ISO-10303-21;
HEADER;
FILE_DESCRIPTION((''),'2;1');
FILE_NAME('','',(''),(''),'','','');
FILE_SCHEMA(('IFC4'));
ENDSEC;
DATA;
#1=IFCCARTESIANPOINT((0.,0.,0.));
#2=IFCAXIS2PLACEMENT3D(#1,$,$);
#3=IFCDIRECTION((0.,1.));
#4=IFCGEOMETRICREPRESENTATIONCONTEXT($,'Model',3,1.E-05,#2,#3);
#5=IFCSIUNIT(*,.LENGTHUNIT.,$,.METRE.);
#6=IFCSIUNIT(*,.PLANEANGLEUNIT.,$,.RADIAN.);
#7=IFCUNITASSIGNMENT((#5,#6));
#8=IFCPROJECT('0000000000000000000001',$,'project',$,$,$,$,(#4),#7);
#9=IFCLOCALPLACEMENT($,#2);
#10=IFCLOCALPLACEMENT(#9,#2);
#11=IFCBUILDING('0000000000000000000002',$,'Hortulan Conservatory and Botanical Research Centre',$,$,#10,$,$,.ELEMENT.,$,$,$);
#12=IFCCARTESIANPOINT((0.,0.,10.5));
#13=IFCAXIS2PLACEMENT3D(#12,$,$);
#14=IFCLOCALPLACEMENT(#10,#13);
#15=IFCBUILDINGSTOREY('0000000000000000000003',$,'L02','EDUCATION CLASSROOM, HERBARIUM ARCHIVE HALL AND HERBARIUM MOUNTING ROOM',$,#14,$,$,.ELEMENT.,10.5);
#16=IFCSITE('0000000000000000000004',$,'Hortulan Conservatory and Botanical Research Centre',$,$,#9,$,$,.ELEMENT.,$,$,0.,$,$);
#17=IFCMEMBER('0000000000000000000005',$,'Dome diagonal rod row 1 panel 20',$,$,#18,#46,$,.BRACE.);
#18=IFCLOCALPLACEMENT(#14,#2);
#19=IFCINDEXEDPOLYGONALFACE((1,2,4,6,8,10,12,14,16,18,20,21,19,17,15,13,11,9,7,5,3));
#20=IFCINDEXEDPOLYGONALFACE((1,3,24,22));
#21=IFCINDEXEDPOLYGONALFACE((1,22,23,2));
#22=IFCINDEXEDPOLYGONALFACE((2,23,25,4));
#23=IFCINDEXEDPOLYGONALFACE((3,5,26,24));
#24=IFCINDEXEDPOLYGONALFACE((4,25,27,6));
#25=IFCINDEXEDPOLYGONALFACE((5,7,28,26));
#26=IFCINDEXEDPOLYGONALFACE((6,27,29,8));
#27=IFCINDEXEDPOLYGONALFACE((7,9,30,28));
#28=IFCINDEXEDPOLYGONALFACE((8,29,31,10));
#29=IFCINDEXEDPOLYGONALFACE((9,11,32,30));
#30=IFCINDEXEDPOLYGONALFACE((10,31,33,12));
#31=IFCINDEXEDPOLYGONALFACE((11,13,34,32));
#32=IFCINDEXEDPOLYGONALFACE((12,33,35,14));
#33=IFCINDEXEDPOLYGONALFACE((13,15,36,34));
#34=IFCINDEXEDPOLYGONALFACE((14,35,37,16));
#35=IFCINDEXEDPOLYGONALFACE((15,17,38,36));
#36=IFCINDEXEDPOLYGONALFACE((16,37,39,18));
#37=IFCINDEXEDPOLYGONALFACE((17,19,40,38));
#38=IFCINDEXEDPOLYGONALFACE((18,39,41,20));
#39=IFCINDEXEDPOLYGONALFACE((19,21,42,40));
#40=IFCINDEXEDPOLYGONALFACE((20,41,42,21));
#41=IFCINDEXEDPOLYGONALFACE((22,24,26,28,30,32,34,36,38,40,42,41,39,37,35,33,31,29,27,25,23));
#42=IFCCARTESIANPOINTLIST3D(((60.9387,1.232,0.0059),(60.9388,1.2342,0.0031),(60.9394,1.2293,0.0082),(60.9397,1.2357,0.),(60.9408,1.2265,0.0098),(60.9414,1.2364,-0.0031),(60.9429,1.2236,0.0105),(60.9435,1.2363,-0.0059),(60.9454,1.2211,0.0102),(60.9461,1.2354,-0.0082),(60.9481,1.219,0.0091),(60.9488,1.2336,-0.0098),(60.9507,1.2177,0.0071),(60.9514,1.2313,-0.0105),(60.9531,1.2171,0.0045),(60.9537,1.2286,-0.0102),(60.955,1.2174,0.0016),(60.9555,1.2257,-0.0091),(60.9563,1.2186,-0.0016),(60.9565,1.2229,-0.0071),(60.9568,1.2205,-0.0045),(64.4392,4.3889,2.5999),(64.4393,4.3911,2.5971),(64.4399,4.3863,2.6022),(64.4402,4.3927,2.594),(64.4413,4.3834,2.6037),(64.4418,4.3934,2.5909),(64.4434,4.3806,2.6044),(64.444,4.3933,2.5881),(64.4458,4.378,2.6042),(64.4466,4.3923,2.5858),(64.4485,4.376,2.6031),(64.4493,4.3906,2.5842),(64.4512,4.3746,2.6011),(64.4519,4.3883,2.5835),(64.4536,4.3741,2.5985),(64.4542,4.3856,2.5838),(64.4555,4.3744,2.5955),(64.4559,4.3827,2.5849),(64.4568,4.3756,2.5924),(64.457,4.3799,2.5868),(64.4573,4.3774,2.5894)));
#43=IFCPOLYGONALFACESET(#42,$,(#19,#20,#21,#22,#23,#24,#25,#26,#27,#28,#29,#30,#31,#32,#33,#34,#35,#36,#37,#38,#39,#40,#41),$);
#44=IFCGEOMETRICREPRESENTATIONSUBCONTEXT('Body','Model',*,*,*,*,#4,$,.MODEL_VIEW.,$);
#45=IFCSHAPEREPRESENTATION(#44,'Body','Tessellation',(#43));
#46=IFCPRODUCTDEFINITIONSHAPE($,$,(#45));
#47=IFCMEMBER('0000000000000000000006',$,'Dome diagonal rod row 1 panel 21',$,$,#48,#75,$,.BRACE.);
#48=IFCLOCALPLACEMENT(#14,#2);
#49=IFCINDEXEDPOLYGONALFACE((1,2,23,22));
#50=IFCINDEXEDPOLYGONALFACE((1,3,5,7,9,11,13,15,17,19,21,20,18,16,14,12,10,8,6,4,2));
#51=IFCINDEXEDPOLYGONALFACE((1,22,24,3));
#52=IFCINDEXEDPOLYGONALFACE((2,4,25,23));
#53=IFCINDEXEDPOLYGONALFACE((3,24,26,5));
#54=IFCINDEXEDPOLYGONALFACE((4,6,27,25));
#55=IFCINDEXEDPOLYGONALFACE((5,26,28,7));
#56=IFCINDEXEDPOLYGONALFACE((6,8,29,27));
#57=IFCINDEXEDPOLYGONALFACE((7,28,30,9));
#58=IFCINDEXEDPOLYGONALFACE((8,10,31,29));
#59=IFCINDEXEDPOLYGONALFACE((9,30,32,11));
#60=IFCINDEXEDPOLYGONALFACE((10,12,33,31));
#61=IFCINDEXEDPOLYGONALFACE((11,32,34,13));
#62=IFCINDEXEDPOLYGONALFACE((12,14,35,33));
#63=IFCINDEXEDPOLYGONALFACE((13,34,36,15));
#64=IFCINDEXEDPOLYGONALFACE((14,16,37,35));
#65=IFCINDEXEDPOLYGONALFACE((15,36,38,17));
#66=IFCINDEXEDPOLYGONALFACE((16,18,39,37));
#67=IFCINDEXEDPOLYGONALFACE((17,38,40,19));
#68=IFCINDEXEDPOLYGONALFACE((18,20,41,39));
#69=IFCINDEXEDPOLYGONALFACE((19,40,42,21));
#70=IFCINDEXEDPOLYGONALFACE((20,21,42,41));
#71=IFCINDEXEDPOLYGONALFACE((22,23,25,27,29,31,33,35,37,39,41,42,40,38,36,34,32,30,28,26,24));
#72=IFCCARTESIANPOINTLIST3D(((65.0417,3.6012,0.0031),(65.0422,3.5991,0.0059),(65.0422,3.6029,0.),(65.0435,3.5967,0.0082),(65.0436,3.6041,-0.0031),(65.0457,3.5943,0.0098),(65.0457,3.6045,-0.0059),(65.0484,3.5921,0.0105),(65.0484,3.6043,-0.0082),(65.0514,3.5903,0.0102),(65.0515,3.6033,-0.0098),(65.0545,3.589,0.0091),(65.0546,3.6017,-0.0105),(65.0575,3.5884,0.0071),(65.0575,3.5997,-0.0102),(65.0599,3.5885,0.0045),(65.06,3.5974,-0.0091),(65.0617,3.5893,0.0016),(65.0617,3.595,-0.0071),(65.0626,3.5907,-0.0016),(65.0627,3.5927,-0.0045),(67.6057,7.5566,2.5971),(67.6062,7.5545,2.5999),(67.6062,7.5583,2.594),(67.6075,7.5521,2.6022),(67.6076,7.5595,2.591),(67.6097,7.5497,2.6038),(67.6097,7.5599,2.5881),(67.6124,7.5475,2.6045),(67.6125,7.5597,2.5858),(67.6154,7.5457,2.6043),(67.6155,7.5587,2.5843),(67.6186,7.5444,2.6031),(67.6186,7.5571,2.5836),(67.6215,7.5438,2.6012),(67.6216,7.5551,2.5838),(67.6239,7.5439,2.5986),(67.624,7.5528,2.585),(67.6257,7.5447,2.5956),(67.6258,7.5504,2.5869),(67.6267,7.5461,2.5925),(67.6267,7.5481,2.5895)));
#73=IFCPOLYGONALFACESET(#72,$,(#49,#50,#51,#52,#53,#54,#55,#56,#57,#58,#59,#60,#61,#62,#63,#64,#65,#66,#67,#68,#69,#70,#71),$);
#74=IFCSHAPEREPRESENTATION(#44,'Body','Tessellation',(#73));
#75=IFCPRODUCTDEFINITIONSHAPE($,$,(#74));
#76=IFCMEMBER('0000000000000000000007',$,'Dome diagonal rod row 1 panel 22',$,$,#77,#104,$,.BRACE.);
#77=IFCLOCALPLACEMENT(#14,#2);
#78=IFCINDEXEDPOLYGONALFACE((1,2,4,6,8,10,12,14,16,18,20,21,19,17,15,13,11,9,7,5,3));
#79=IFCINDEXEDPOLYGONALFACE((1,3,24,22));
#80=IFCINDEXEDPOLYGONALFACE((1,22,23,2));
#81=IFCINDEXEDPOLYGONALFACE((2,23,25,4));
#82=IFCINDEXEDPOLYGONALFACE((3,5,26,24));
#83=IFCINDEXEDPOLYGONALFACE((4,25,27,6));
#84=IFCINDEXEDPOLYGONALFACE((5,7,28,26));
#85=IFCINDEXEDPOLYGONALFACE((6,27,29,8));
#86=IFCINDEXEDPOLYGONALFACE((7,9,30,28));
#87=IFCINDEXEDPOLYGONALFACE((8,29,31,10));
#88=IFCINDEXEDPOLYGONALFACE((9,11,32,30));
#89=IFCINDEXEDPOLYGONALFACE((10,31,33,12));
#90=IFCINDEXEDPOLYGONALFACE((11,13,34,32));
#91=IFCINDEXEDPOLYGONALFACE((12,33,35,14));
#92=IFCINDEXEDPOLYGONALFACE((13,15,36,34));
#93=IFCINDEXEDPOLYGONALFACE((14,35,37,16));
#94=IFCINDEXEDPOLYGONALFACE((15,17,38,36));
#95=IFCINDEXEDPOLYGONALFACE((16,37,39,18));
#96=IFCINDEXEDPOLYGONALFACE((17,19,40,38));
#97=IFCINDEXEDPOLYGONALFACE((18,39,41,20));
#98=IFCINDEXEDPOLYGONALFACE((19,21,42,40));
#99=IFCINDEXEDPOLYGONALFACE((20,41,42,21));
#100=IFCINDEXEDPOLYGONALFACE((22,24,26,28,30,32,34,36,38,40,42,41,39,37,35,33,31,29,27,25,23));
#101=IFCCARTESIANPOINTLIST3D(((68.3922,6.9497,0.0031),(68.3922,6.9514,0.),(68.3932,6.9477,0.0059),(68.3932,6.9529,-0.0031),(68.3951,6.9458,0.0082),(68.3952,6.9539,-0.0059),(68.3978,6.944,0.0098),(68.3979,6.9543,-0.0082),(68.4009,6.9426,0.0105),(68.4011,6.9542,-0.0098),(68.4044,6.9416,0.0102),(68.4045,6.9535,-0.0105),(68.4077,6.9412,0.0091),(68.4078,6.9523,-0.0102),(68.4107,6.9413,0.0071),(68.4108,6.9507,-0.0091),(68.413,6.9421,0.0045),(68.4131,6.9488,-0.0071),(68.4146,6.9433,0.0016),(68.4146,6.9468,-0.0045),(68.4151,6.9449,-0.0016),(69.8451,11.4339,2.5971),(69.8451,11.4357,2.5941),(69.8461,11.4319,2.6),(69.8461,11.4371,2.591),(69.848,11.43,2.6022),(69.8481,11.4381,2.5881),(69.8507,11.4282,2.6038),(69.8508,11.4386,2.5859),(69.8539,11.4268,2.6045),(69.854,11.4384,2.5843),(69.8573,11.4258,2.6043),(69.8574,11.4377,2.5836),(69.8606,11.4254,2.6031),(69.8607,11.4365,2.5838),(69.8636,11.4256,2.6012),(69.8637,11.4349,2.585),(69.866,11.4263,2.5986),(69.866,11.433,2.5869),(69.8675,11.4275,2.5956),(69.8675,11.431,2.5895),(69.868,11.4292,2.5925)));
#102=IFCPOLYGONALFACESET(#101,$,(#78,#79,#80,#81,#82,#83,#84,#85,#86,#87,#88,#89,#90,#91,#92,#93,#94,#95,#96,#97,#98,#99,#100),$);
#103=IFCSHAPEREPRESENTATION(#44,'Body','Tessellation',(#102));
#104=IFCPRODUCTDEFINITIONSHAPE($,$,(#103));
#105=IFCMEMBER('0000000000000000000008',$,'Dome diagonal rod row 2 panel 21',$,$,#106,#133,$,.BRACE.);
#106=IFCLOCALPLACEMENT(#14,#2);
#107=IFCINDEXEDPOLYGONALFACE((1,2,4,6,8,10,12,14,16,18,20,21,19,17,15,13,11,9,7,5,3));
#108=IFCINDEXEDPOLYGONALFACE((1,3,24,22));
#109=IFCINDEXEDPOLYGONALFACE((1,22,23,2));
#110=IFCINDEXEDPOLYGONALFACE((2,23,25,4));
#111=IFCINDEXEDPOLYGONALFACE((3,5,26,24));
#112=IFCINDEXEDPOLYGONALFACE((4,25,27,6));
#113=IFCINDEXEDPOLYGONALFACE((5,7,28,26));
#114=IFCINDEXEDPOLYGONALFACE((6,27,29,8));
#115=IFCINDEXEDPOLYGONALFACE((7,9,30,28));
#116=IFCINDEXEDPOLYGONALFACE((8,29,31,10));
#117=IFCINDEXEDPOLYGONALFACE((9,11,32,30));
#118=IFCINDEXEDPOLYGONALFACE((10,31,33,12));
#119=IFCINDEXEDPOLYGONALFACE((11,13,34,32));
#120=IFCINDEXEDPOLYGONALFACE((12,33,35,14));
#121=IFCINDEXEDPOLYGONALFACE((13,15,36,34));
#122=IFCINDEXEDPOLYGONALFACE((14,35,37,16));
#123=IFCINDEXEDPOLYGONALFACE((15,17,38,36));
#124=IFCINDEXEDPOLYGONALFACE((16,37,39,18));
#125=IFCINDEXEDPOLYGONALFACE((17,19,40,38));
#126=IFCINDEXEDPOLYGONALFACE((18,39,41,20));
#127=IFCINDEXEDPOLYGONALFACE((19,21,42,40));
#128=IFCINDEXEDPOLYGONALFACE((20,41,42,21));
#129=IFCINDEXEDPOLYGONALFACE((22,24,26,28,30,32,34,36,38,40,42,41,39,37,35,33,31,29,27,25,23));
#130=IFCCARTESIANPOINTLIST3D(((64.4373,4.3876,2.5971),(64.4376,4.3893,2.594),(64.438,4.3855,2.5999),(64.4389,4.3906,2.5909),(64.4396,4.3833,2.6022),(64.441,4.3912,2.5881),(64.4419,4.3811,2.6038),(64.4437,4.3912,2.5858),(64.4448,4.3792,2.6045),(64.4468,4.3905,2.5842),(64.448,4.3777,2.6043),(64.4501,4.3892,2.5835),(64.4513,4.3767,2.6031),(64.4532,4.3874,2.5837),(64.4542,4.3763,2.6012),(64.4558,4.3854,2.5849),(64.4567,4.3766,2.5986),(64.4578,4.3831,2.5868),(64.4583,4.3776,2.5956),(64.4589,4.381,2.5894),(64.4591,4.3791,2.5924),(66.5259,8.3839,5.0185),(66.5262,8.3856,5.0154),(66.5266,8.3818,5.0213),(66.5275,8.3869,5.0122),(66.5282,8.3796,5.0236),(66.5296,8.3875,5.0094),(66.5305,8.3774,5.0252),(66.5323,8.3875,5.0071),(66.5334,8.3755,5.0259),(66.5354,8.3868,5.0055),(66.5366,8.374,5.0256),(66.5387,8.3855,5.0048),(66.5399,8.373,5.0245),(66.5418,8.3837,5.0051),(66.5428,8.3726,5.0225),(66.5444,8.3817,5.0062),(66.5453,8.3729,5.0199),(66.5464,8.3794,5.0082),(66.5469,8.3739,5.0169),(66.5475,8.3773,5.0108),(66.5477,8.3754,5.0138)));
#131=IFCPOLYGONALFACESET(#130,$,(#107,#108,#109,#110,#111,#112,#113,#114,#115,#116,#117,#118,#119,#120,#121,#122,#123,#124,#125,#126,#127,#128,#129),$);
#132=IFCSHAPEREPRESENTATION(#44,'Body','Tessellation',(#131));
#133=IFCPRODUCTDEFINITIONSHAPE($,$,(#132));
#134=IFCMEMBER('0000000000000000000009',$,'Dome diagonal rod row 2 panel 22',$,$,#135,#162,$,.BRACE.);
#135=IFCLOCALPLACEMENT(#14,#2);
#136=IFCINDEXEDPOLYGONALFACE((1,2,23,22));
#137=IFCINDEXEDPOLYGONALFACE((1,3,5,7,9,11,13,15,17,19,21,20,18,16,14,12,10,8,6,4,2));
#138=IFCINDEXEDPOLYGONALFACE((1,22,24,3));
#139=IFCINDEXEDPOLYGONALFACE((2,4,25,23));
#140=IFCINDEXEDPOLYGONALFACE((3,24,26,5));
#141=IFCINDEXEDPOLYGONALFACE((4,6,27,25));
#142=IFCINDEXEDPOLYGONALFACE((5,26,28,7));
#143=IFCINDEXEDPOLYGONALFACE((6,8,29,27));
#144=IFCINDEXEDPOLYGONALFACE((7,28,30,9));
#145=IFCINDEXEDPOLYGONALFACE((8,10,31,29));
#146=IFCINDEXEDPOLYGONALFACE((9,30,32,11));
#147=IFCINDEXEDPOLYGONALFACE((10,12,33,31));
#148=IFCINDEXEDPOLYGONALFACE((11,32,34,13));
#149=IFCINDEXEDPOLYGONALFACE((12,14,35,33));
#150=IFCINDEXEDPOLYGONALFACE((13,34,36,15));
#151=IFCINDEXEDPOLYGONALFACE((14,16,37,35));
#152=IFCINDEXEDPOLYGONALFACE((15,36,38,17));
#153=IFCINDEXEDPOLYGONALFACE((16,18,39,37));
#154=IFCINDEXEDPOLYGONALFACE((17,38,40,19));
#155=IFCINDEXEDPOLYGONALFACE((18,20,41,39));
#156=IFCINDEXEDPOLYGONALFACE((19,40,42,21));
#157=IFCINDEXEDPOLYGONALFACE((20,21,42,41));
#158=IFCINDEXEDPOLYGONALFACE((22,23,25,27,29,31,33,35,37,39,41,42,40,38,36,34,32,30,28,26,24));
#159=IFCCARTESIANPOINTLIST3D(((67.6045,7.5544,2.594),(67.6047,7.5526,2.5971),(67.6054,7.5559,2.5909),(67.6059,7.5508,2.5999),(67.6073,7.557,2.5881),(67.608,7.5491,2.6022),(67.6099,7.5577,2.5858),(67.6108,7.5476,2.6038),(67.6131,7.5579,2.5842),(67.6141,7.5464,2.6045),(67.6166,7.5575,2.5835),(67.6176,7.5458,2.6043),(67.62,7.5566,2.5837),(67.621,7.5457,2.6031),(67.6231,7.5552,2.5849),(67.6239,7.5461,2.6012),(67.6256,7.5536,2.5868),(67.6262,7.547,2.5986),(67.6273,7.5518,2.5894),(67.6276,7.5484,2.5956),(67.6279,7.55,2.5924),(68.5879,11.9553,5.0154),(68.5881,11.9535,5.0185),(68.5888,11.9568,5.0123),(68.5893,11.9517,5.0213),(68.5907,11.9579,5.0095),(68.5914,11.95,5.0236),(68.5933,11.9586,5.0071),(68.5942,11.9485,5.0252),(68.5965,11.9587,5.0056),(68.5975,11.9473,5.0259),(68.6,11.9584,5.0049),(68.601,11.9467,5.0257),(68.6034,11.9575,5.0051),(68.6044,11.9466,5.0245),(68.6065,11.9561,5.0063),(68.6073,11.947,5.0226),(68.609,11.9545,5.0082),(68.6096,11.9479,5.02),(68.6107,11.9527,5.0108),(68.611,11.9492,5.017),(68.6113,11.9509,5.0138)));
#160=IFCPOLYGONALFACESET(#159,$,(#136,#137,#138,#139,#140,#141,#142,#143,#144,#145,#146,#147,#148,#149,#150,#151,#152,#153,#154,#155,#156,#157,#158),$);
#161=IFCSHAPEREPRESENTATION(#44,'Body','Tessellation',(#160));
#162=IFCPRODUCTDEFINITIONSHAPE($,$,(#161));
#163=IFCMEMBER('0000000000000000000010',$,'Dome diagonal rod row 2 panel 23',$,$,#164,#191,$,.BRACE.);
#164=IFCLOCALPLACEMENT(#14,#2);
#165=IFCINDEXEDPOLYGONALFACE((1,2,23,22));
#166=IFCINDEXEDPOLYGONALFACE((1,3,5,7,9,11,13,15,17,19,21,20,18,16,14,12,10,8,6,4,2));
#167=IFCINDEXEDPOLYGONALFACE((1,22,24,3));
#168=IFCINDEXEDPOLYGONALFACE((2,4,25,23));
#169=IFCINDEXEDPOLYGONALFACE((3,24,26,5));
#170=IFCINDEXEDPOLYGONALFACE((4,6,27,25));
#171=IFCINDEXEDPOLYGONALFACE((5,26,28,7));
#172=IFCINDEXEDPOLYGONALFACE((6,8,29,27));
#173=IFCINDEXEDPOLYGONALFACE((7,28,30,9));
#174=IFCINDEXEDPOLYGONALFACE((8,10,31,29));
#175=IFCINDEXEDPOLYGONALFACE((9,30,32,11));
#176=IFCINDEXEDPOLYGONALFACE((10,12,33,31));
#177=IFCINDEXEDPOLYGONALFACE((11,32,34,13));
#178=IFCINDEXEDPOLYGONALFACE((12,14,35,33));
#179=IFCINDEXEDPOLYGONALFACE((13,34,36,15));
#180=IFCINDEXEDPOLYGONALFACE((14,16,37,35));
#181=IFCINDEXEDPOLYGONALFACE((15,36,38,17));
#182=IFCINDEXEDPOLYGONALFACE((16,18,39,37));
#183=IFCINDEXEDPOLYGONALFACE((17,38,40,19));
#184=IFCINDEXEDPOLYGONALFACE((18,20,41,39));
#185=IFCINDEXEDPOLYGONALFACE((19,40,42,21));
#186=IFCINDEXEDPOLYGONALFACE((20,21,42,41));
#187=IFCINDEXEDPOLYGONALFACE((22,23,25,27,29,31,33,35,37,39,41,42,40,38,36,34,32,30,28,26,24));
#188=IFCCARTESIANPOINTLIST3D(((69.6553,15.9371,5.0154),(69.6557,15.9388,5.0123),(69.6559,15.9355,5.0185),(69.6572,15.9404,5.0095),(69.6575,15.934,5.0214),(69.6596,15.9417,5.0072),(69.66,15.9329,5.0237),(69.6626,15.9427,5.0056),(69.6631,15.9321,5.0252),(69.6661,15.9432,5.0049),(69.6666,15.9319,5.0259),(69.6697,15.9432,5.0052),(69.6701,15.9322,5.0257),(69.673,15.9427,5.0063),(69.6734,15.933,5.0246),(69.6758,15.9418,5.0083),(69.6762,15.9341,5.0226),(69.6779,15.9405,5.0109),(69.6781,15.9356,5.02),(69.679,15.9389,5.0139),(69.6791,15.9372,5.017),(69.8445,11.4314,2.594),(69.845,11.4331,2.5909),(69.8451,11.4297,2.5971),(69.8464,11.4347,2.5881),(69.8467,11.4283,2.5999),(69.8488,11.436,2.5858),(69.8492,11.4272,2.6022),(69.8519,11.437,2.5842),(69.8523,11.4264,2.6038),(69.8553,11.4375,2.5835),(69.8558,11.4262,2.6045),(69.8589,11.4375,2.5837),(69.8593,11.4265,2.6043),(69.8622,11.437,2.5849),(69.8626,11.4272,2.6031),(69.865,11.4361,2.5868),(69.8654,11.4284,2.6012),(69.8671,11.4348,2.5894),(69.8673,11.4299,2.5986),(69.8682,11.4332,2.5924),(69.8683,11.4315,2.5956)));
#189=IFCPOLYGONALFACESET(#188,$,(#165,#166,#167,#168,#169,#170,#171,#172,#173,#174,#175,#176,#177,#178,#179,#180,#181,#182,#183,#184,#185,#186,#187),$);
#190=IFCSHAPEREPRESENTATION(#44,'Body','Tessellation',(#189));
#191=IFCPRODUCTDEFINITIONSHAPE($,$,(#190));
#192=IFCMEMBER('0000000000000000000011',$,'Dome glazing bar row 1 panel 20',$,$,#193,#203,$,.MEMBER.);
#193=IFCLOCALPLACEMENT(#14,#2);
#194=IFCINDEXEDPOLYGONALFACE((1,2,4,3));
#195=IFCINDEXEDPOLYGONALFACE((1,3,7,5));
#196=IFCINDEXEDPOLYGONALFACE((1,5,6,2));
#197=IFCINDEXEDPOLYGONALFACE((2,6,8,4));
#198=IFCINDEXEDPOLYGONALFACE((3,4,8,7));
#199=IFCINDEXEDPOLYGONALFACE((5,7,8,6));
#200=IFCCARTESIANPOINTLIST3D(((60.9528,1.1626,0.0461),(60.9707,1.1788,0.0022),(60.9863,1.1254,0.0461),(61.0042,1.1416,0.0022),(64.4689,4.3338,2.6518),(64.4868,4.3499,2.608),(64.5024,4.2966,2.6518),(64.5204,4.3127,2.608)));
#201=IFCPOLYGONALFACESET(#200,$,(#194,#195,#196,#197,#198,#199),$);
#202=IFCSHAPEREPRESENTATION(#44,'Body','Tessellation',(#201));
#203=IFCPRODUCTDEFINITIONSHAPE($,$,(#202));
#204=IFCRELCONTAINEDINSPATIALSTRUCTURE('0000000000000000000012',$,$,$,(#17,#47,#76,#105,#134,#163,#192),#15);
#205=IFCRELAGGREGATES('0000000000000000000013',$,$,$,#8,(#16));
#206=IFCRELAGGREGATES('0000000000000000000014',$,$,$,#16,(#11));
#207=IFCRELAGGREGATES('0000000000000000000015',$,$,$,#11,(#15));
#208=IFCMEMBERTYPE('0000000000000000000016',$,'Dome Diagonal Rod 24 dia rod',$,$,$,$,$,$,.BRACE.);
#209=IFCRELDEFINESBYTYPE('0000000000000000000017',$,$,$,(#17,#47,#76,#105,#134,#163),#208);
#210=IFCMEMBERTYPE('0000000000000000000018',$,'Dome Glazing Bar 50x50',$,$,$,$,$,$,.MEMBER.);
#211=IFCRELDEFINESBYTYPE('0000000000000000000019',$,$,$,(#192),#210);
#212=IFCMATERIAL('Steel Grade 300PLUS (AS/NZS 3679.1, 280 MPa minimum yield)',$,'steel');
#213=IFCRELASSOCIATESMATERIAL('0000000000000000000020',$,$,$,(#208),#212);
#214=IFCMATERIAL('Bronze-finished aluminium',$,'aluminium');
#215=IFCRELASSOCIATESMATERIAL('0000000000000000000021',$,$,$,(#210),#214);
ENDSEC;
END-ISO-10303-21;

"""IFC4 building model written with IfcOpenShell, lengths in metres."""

from ifc_helpers import new_model, si_unit, direction, frame, origin, origin_2d, place, context, subcontext, project, spatial, rectangle, circle, extrude, material, material_profile, profile_set, type_object, element, save


model = new_model("IFC4")

# Units and contexts
model_context = context("Model", 3, precision=1e-05, world=origin(), true_north=direction((0.0, 1.0)))
body_context = subcontext(model_context, "Body", "Model", "MODEL_VIEW")
ifc_project = project(units=[si_unit("LENGTHUNIT", "METRE"), si_unit("PLANEANGLEUNIT", "RADIAN")], contexts=[model_context])

# Site, building, storey
site_placement = place(None, origin())
site = spatial("IfcSite", under=ifc_project, at=site_placement, Name="Hortulan Conservatory and Botanical Research Centre", CompositionType="ELEMENT", RefElevation=0.0)
building_placement = place(site_placement, origin())
building = spatial("IfcBuilding", under=site, at=building_placement, Name="Hortulan Conservatory and Botanical Research Centre", CompositionType="ELEMENT")
storey_placement = place(building_placement, frame((0.0, 0.0, 10.5)))
storey = spatial("IfcBuildingStorey", under=building, at=storey_placement, Name="L02", Description="EDUCATION CLASSROOM, HERBARIUM ARCHIVE HALL AND HERBARIUM MOUNTING ROOM", CompositionType="ELEMENT", Elevation=10.5)

# Members
ifc_material_1 = material(Name="Steel Grade 300PLUS (AS/NZS 3679.1, 280 MPa minimum yield)", Category="steel")
ifc_material_profile_1 = material_profile(ifc_material_1, circle(Radius=0.012, at=origin_2d()), Name="24 dia rod")
ifc_profile_set_1 = profile_set([ifc_material_profile_1], Name="Steel Grade 300PLUS (AS/NZS 3679.1, 280 MPa minimum yield)")
member_type_1 = type_object("IfcMemberType", Name="Dome Diagonal Rod 24 dia rod", PredefinedType="BRACE", material=ifc_profile_set_1)
for number, where, z_axis, x_axis, name in (
    (1, (60.9478, 1.2268, 0.0), (0.650599, 0.586755, 0.482119), (-0.669731, 0.742604, 0.0), "Dome diagonal rod row 1 panel 20"),
    (2, (65.0522, 3.5964, 0.0), (0.47655, 0.735153, 0.482131), (-0.839121, 0.543945, 0.0), "Dome diagonal rod row 1 panel 21"),
    (3, (68.4036, 6.9478, 0.0), (0.27004, 0.833443, 0.482133), (-0.951312, 0.30823, 0.0), "Dome diagonal rod row 1 panel 22"),
):
    element("IfcMember", number, at=place(storey_placement, frame(where, z_axis=z_axis, x_axis=x_axis)), inside=storey, type_object=member_type_1, Name=name, PredefinedType="BRACE", context=body_context, shape_type="SweptSolid", body=[
        extrude(circle(Radius=0.012, at=origin_2d()), origin(), (0.0, 0.0, 1.0), 5.3804),
    ])
member_1_placement = place(storey_placement, frame((64.4482, 4.3838, 2.594), z_axis=(0.408076, 0.780806, 0.473092), x_axis=(-0.886259, 0.463189, 0.0)))
element("IfcMember", 4, at=member_1_placement, inside=storey, type_object=member_type_1, Name="Dome diagonal rod row 2 panel 21", PredefinedType="BRACE", context=body_context, shape_type="SweptSolid", body=[
    extrude(circle(Radius=0.012, at=origin_2d()), origin(), (0.0, 0.0, 1.0), 5.1182),
])
member_2_placement = place(storey_placement, frame((67.6162, 7.5518, 2.594), z_axis=(0.19213, 0.859817, 0.473076), x_axis=(-0.975932, 0.218077, 0.0)))
element("IfcMember", 5, at=member_2_placement, inside=storey, type_object=member_type_1, Name="Dome diagonal rod row 2 panel 22", PredefinedType="BRACE", context=body_context, shape_type="SweptSolid", body=[
    extrude(circle(Radius=0.012, at=origin_2d()), origin(), (0.0, 0.0, 1.0), 5.1184),
])
member_3_placement = place(storey_placement, frame((69.8564, 11.4319, 2.594), z_axis=(-0.036965, 0.880253, 0.473062), x_axis=(-0.999119, -0.041957, 0.0)))
element("IfcMember", 6, at=member_3_placement, inside=storey, type_object=member_type_1, Name="Dome diagonal rod row 2 panel 23", PredefinedType="BRACE", context=body_context, shape_type="SweptSolid", body=[
    extrude(circle(Radius=0.012, at=origin_2d()), origin(), (0.0, 0.0, 1.0), 5.1187),
])
ifc_material_2 = material(Name="Bronze-finished aluminium", Category="aluminium")
ifc_material_profile_2 = material_profile(ifc_material_2, rectangle(XDim=0.05, YDim=0.05, at=origin_2d()), Name="Square bar 50x50")
ifc_profile_set_2 = profile_set([ifc_material_profile_2], Name="Bronze-finished aluminium")
member_type_2 = type_object("IfcMemberType", Name="Dome Glazing Bar 50x50", PredefinedType="MEMBER", material=ifc_profile_set_2)
member_4_placement = place(storey_placement, frame((60.9785, 1.1521, 0.0242), z_axis=(0.650586, 0.586756, 0.482135), x_axis=(-0.669739, 0.742596, 0.0)))
element("IfcMember", 7, at=member_4_placement, inside=storey, type_object=member_type_2, Name="Dome glazing bar row 1 panel 20", PredefinedType="MEMBER", context=body_context, shape_type="SweptSolid", body=[
    extrude(rectangle(XDim=0.05, YDim=0.05, at=origin_2d()), origin(), (0.0, 0.0, 1.0), 5.4045),
])

save(model, "model.ifc")
